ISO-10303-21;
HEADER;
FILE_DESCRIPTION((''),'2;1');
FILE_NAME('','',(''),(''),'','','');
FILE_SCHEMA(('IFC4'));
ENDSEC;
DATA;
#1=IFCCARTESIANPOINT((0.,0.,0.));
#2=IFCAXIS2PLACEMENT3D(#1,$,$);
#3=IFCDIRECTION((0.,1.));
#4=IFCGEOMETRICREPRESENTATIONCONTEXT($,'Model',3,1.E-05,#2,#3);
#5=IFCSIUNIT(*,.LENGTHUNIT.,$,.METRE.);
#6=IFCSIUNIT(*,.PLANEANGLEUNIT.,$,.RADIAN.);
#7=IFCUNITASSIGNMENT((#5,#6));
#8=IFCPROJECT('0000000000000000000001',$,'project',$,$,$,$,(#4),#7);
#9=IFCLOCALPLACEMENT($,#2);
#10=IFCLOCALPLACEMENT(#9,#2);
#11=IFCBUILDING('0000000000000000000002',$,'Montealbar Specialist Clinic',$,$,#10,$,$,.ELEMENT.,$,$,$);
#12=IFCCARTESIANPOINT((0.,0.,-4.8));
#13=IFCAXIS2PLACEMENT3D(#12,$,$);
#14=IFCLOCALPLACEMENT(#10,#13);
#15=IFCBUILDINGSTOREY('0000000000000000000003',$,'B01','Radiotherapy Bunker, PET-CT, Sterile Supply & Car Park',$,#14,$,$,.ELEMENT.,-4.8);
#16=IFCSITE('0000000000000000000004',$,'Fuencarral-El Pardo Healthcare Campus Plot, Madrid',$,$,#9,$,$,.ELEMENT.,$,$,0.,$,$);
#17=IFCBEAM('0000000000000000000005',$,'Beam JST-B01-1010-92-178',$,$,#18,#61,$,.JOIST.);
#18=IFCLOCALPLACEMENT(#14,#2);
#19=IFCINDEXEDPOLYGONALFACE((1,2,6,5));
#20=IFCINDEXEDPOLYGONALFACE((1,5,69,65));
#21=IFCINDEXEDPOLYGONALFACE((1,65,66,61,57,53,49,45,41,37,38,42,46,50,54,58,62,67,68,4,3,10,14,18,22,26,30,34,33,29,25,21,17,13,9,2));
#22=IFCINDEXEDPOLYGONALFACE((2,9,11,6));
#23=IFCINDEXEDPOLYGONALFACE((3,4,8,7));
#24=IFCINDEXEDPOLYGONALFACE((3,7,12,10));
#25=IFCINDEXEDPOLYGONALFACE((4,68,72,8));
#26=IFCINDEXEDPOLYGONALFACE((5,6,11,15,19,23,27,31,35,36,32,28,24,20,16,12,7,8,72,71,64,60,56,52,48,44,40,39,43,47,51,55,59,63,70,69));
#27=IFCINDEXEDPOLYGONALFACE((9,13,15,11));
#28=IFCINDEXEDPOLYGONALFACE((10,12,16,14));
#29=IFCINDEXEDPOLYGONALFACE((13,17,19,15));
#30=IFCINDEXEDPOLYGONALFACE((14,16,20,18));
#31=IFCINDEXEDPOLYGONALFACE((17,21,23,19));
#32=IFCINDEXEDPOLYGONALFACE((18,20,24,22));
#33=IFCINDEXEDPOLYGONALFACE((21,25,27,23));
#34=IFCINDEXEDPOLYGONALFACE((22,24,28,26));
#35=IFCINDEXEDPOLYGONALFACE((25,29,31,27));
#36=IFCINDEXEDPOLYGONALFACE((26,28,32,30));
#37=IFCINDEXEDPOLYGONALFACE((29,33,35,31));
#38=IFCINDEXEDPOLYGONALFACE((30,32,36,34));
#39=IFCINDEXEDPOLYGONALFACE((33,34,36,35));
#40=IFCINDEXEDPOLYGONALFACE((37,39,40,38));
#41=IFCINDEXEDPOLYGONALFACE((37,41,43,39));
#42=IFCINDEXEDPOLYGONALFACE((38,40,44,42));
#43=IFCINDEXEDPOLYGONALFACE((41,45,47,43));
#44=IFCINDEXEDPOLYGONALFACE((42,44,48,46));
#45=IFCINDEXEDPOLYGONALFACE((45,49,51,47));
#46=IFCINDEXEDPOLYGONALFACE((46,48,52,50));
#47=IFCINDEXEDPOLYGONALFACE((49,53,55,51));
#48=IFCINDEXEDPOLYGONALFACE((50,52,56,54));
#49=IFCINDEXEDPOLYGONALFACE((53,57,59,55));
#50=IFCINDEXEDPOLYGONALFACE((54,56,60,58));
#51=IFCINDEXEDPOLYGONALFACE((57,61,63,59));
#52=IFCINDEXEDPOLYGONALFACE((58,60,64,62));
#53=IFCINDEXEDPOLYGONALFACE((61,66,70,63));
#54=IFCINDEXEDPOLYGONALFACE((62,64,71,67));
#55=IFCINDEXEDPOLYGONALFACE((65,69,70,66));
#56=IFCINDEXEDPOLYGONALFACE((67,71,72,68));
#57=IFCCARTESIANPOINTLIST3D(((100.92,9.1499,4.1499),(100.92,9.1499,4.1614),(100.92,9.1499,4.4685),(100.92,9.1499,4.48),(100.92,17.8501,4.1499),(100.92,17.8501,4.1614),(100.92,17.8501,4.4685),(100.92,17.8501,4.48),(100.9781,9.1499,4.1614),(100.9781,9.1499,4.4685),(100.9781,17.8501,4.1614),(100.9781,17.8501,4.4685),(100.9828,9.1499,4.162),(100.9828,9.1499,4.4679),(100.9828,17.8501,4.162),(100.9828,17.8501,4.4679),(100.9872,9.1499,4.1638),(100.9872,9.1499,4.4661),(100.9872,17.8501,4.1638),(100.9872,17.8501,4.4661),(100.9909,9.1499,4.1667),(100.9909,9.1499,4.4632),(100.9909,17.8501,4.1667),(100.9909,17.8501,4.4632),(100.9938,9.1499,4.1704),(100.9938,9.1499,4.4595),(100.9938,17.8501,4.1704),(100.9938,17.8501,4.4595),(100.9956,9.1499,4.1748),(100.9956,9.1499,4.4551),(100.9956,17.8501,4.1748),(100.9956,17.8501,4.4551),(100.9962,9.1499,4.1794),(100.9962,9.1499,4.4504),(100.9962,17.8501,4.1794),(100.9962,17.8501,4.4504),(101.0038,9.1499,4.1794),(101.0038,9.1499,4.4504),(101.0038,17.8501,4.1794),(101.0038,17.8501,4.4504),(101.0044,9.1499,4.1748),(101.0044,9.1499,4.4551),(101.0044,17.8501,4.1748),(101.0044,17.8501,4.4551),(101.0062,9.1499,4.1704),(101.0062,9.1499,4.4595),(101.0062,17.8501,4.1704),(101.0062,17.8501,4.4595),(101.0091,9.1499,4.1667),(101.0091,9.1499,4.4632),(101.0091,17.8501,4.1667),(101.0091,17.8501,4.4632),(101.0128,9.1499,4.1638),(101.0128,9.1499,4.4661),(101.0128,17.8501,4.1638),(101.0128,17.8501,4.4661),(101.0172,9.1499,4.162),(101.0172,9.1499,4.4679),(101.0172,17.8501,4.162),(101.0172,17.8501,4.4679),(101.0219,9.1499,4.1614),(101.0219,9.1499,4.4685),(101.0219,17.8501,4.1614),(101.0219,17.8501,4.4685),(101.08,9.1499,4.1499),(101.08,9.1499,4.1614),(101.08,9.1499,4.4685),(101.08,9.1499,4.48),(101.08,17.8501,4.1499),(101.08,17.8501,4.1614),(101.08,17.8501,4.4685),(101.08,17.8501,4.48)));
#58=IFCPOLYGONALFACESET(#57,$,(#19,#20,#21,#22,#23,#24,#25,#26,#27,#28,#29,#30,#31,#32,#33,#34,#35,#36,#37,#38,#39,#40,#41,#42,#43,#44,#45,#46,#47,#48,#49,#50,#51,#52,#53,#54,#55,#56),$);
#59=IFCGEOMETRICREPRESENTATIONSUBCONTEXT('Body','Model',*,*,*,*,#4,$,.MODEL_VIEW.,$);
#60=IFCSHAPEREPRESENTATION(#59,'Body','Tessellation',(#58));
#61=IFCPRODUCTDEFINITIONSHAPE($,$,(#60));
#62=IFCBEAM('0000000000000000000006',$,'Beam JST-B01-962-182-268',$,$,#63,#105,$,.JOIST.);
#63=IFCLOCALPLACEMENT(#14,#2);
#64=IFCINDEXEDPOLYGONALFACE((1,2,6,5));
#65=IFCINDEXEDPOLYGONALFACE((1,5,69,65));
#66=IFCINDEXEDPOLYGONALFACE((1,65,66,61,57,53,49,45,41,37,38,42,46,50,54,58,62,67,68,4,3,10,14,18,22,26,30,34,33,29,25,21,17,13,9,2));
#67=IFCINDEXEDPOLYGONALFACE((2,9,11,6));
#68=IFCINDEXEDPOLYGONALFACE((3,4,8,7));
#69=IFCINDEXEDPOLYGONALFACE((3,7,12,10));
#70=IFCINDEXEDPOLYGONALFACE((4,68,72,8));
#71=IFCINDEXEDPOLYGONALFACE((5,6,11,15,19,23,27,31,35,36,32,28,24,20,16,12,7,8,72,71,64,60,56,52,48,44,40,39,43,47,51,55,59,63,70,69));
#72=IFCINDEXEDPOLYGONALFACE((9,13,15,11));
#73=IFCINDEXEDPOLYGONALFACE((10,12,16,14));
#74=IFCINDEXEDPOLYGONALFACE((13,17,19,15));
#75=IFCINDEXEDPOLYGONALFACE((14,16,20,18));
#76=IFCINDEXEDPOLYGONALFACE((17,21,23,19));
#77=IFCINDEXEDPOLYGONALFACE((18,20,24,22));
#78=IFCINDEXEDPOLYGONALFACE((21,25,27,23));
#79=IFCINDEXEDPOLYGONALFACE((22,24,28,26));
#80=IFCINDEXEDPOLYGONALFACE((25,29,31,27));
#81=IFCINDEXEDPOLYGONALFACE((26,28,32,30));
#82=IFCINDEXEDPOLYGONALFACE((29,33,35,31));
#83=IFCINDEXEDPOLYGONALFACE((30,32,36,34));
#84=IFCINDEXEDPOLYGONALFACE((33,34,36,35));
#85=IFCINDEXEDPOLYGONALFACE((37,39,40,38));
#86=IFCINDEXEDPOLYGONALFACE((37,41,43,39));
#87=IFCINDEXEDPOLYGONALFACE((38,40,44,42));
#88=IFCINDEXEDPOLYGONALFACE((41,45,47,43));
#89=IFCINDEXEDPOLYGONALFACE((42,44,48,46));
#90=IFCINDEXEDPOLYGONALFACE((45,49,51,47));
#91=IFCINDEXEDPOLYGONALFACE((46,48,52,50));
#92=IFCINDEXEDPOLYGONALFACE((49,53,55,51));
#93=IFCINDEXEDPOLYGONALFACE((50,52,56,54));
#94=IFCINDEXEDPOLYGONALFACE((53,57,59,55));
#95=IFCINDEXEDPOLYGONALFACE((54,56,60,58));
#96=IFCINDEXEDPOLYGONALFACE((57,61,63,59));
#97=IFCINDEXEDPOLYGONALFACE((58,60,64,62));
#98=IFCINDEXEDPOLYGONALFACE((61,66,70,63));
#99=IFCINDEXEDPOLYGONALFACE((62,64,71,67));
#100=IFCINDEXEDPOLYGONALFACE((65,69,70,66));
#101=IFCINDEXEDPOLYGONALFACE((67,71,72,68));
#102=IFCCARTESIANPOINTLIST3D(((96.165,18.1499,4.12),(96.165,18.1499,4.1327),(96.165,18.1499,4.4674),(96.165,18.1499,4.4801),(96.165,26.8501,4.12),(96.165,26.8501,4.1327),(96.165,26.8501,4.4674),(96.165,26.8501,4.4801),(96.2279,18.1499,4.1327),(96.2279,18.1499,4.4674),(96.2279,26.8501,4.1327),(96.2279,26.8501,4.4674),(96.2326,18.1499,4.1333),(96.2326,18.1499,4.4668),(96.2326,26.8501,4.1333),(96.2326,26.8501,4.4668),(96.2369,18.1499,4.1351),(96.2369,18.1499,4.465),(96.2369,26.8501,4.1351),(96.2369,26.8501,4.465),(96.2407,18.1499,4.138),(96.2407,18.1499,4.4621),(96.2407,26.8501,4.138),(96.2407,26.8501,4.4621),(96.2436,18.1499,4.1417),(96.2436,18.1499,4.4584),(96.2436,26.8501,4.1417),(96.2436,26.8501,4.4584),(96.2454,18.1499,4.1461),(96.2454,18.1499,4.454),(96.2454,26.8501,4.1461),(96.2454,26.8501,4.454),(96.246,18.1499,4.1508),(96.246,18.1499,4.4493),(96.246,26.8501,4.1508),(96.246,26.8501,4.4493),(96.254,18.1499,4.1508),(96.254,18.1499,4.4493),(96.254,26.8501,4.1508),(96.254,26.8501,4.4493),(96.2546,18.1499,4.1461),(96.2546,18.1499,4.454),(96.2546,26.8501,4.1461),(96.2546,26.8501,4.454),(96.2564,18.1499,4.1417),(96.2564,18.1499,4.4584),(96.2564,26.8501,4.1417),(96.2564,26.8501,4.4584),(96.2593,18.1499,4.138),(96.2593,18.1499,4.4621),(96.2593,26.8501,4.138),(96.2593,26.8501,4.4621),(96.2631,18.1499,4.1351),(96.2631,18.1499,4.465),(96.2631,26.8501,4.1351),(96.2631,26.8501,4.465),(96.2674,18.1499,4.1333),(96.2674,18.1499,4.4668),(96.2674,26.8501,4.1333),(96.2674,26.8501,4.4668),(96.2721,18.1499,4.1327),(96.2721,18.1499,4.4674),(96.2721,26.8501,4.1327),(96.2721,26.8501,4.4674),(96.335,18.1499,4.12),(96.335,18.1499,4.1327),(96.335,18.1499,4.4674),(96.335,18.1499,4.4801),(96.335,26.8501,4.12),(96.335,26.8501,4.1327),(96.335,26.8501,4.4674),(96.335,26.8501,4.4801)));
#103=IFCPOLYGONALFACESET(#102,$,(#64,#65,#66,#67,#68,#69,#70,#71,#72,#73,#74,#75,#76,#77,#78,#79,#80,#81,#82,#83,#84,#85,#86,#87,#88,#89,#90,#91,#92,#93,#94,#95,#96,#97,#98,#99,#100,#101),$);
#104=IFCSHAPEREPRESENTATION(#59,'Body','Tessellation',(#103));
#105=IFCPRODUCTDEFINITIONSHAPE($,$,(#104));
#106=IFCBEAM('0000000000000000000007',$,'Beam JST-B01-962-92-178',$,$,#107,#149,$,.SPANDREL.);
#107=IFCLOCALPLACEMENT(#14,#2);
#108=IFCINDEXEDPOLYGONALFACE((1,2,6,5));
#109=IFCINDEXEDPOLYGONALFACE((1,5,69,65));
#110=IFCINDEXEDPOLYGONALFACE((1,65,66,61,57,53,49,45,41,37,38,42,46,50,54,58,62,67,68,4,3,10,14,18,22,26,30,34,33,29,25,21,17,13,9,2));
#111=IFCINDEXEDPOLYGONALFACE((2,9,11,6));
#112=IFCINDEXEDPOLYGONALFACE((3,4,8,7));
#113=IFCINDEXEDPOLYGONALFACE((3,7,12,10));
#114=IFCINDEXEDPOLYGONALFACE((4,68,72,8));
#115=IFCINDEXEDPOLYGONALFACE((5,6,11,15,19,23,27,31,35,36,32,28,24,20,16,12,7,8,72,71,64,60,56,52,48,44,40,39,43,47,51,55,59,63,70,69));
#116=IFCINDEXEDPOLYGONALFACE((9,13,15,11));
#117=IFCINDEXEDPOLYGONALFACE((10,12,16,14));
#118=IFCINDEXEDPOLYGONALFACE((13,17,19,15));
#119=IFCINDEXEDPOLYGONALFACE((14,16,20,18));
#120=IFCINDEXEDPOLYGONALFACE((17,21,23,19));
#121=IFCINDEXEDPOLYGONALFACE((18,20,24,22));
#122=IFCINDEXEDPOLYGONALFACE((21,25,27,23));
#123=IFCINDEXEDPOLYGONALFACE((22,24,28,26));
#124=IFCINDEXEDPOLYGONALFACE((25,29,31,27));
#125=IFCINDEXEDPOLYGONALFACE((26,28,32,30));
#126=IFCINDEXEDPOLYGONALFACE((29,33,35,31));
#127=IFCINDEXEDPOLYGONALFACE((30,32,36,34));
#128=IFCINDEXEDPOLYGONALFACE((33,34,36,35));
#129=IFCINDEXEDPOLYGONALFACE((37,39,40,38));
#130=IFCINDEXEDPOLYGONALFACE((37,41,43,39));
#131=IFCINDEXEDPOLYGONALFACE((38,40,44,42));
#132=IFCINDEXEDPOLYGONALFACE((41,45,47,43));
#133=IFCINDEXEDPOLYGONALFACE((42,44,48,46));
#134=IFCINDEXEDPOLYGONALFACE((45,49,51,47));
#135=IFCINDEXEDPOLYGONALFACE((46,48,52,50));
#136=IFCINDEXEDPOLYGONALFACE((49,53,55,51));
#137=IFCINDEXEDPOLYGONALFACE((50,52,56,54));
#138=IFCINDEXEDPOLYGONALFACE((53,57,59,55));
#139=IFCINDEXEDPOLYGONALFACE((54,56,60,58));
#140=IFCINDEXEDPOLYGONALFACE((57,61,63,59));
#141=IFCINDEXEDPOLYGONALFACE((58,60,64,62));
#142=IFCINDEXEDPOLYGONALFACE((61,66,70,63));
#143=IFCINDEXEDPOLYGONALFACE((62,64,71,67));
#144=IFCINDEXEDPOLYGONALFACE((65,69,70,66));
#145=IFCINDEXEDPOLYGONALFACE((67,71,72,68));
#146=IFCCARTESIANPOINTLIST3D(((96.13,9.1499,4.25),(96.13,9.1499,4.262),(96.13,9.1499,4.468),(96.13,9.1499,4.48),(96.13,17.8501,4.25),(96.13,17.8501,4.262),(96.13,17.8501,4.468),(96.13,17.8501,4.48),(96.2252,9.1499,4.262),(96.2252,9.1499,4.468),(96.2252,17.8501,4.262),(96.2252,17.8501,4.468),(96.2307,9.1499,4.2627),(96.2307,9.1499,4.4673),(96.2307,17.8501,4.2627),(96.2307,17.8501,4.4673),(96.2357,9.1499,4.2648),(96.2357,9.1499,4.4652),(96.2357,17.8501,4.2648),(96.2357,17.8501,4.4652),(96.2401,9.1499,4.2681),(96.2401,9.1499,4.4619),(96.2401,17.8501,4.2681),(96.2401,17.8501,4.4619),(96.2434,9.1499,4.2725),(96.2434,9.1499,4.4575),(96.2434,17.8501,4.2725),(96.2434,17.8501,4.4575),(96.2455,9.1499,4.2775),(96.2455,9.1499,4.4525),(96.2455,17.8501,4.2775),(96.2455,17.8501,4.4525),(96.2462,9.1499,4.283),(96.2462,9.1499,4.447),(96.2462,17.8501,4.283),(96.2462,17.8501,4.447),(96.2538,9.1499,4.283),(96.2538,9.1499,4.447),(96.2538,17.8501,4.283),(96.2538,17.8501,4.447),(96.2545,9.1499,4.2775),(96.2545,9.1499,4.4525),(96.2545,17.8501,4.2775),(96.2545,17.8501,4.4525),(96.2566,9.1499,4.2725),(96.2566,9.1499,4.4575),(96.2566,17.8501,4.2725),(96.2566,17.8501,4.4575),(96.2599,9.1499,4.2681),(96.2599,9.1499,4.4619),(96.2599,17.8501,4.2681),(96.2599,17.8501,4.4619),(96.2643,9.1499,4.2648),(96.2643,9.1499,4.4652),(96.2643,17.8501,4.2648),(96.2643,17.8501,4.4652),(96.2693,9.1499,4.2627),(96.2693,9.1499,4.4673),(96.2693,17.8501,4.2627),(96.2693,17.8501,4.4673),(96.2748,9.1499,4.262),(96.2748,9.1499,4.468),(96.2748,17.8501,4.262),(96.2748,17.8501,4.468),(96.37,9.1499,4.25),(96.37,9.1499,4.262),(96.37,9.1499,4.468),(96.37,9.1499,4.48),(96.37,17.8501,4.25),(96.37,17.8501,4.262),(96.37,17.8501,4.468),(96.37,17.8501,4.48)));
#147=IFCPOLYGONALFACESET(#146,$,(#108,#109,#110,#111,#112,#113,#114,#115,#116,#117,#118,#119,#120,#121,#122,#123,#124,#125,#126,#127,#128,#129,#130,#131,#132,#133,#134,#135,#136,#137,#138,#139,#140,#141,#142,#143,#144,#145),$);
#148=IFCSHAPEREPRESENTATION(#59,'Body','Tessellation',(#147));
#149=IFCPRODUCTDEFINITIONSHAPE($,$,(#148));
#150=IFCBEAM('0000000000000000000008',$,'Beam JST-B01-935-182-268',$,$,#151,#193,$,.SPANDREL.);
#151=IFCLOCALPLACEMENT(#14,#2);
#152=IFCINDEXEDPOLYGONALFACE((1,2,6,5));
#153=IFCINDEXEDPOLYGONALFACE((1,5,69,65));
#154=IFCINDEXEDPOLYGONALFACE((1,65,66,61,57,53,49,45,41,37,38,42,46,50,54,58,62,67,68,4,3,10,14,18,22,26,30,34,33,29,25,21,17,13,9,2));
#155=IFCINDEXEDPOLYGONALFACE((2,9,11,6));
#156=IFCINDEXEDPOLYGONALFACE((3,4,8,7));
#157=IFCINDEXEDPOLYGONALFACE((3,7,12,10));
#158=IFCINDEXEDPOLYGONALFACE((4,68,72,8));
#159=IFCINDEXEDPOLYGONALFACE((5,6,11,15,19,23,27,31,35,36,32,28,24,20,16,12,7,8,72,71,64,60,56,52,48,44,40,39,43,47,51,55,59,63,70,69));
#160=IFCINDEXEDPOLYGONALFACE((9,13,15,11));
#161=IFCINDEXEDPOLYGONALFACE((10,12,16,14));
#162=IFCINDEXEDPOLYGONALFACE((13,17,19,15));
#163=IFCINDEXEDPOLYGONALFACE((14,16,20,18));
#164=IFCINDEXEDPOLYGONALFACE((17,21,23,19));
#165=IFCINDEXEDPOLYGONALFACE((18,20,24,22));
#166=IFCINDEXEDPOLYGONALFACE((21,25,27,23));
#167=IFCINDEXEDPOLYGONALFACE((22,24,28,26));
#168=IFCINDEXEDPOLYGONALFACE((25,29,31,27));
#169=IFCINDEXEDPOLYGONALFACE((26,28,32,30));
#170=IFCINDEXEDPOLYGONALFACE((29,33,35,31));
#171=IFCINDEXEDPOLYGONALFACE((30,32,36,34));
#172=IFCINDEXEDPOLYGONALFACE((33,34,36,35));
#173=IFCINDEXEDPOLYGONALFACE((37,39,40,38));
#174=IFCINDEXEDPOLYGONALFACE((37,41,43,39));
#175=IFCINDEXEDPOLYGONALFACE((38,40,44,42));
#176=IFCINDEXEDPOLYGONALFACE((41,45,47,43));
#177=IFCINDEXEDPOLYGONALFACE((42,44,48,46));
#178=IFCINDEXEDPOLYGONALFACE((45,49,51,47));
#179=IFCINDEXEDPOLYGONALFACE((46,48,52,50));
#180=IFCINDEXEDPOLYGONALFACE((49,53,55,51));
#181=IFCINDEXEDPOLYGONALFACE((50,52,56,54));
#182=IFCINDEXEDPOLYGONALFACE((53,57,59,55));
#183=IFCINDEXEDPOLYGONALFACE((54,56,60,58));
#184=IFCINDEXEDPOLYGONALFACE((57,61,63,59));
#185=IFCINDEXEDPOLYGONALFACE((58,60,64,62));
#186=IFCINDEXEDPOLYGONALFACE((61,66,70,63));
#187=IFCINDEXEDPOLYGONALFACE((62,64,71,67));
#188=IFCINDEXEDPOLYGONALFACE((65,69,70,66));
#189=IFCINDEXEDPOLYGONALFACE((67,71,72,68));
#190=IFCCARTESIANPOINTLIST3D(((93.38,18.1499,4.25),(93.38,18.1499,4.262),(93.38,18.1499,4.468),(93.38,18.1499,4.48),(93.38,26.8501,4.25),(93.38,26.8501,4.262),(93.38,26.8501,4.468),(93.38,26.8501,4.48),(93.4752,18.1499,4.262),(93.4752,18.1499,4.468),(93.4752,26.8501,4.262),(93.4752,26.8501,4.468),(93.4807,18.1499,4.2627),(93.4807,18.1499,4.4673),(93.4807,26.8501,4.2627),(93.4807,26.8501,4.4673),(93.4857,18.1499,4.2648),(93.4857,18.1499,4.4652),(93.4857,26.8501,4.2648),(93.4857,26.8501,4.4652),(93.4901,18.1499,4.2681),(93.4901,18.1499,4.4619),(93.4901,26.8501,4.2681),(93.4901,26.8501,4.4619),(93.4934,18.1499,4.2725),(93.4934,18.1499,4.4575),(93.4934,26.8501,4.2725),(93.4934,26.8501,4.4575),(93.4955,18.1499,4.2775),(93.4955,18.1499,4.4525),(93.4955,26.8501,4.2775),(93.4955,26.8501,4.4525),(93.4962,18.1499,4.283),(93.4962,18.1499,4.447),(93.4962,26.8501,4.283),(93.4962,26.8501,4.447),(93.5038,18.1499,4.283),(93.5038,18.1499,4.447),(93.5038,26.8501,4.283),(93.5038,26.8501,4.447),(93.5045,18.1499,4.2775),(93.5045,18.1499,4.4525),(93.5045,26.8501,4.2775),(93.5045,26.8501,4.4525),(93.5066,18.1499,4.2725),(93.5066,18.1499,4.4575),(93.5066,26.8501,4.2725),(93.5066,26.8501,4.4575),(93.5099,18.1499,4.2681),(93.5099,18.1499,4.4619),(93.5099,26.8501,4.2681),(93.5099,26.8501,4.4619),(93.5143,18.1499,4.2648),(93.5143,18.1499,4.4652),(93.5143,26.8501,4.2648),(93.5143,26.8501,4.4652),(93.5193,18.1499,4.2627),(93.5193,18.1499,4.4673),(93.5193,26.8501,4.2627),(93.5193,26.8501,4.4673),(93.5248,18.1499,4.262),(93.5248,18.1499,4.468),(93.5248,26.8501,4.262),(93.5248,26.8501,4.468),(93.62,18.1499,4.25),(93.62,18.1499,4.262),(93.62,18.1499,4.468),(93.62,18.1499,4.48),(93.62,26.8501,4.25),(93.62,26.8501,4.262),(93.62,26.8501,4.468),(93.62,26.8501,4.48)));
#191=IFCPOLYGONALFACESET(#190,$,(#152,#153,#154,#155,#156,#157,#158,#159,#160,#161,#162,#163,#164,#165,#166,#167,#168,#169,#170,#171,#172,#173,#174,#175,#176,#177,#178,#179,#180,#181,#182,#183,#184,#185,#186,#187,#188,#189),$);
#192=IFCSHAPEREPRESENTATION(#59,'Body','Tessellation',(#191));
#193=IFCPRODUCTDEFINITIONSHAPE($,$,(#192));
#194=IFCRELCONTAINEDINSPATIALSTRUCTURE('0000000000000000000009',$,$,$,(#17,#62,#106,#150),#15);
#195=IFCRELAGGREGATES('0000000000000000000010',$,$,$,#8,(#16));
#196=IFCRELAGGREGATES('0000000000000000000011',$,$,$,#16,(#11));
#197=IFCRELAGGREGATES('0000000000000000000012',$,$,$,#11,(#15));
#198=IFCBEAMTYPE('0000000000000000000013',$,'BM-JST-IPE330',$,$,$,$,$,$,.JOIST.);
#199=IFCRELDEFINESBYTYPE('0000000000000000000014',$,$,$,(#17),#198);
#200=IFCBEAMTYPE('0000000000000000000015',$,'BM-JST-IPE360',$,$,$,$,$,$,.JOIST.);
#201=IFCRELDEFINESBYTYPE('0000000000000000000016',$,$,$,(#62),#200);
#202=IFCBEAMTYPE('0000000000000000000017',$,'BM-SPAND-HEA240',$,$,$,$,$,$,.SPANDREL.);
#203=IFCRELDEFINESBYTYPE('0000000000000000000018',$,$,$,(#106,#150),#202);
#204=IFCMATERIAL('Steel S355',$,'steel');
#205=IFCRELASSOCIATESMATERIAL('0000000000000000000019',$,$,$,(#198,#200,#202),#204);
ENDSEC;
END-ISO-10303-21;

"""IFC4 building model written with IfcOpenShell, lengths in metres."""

from ifc_helpers import new_model, si_unit, direction, frame, origin, origin_2d, place, context, subcontext, project, spatial, i_section, extrude, material, material_profile, profile_set, type_object, element, save


model = new_model("IFC4")

# Units and contexts
model_context = context("Model", 3, precision=1e-05, world=origin(), true_north=direction((0.0, 1.0)))
body_context = subcontext(model_context, "Body", "Model", "MODEL_VIEW")
ifc_project = project(units=[si_unit("LENGTHUNIT", "METRE"), si_unit("PLANEANGLEUNIT", "RADIAN")], contexts=[model_context])

# Site, building, storey
site_placement = place(None, origin())
site = spatial("IfcSite", under=ifc_project, at=site_placement, Name="Fuencarral-El Pardo Healthcare Campus Plot, Madrid", CompositionType="ELEMENT", RefElevation=0.0)
building_placement = place(site_placement, origin())
building = spatial("IfcBuilding", under=site, at=building_placement, Name="Montealbar Specialist Clinic", CompositionType="ELEMENT")
storey_placement = place(building_placement, frame((0.0, 0.0, -4.8)))
storey = spatial("IfcBuildingStorey", under=building, at=storey_placement, Name="B01", Description="Radiotherapy Bunker, PET-CT, Sterile Supply & Car Park", CompositionType="ELEMENT", Elevation=-4.8)

# Shared definitions
ifc_material_1 = material(Name="Steel S355", Category="steel")

# Beams
ifc_material_profile_1 = material_profile(ifc_material_1, i_section(OverallWidth=0.1599, OverallDepth=0.3301, WebThickness=0.0076, FlangeThickness=0.0115, FilletRadius=0.0181, at=origin_2d()), Name="IPE 330", Category="steel")
ifc_profile_set_1 = profile_set([ifc_material_profile_1], Name="Steel S355")
beam_type_1 = type_object("IfcBeamType", Name="BM-JST-IPE330", PredefinedType="JOIST", material=ifc_profile_set_1)
beam_1_placement = place(storey_placement, frame((101.0, 9.1499, 4.3149), z_axis=(0.0, 1.0, 0.0), x_axis=(-1.0, 0.0, 0.0)))
element("IfcBeam", 1, at=beam_1_placement, inside=storey, type_object=beam_type_1, Name="Beam JST-B01-1010-92-178", PredefinedType="JOIST", context=body_context, shape_type="SweptSolid", body=[
    extrude(i_section(OverallWidth=0.1599, OverallDepth=0.3301, WebThickness=0.0076, FlangeThickness=0.0115, FilletRadius=0.0181, at=origin_2d()), origin(), (0.0, 0.0, 1.0), 8.7002),
])
ifc_material_profile_2 = material_profile(ifc_material_1, i_section(OverallWidth=0.1699, OverallDepth=0.3601, WebThickness=0.0081, FlangeThickness=0.0127, FilletRadius=0.0181, at=origin_2d()), Name="IPE 360", Category="steel")
ifc_profile_set_2 = profile_set([ifc_material_profile_2], Name="Steel S355")
beam_type_2 = type_object("IfcBeamType", Name="BM-JST-IPE360", PredefinedType="JOIST", material=ifc_profile_set_2)
beam_2_placement = place(storey_placement, frame((96.25, 18.1499, 4.3), z_axis=(0.0, 1.0, 0.0), x_axis=(-1.0, 0.0, 0.0)))
element("IfcBeam", 2, at=beam_2_placement, inside=storey, type_object=beam_type_2, Name="Beam JST-B01-962-182-268", PredefinedType="JOIST", context=body_context, shape_type="SweptSolid", body=[
    extrude(i_section(OverallWidth=0.1699, OverallDepth=0.3601, WebThickness=0.0081, FlangeThickness=0.0127, FilletRadius=0.0181, at=origin_2d()), origin(), (0.0, 0.0, 1.0), 8.7002),
])
ifc_material_profile_3 = material_profile(ifc_material_1, i_section(OverallWidth=0.24, OverallDepth=0.23, WebThickness=0.0076, FlangeThickness=0.012, FilletRadius=0.021, at=origin_2d()), Name="HEA 240", Category="steel")
ifc_profile_set_3 = profile_set([ifc_material_profile_3], Name="Steel S355")
beam_type_3 = type_object("IfcBeamType", Name="BM-SPAND-HEA240", PredefinedType="SPANDREL", material=ifc_profile_set_3)
for number, where, z_axis, x_axis, name in (
    (3, (96.25, 9.1499, 4.365), (0.0, 1.0, 0.0), (-1.0, 0.0, 0.0), "Beam JST-B01-962-92-178"),
    (4, (93.5, 18.1499, 4.365), (0.0, 1.0, 0.0), (-1.0, 0.0, 0.0), "Beam JST-B01-935-182-268"),
):
    element("IfcBeam", number, at=place(storey_placement, frame(where, z_axis=z_axis, x_axis=x_axis)), inside=storey, type_object=beam_type_3, Name=name, PredefinedType="SPANDREL", context=body_context, shape_type="SweptSolid", body=[
        extrude(i_section(OverallWidth=0.24, OverallDepth=0.23, WebThickness=0.0076, FlangeThickness=0.012, FilletRadius=0.021, at=origin_2d()), origin(), (0.0, 0.0, 1.0), 8.7002),
    ])

save(model, "model.ifc")
